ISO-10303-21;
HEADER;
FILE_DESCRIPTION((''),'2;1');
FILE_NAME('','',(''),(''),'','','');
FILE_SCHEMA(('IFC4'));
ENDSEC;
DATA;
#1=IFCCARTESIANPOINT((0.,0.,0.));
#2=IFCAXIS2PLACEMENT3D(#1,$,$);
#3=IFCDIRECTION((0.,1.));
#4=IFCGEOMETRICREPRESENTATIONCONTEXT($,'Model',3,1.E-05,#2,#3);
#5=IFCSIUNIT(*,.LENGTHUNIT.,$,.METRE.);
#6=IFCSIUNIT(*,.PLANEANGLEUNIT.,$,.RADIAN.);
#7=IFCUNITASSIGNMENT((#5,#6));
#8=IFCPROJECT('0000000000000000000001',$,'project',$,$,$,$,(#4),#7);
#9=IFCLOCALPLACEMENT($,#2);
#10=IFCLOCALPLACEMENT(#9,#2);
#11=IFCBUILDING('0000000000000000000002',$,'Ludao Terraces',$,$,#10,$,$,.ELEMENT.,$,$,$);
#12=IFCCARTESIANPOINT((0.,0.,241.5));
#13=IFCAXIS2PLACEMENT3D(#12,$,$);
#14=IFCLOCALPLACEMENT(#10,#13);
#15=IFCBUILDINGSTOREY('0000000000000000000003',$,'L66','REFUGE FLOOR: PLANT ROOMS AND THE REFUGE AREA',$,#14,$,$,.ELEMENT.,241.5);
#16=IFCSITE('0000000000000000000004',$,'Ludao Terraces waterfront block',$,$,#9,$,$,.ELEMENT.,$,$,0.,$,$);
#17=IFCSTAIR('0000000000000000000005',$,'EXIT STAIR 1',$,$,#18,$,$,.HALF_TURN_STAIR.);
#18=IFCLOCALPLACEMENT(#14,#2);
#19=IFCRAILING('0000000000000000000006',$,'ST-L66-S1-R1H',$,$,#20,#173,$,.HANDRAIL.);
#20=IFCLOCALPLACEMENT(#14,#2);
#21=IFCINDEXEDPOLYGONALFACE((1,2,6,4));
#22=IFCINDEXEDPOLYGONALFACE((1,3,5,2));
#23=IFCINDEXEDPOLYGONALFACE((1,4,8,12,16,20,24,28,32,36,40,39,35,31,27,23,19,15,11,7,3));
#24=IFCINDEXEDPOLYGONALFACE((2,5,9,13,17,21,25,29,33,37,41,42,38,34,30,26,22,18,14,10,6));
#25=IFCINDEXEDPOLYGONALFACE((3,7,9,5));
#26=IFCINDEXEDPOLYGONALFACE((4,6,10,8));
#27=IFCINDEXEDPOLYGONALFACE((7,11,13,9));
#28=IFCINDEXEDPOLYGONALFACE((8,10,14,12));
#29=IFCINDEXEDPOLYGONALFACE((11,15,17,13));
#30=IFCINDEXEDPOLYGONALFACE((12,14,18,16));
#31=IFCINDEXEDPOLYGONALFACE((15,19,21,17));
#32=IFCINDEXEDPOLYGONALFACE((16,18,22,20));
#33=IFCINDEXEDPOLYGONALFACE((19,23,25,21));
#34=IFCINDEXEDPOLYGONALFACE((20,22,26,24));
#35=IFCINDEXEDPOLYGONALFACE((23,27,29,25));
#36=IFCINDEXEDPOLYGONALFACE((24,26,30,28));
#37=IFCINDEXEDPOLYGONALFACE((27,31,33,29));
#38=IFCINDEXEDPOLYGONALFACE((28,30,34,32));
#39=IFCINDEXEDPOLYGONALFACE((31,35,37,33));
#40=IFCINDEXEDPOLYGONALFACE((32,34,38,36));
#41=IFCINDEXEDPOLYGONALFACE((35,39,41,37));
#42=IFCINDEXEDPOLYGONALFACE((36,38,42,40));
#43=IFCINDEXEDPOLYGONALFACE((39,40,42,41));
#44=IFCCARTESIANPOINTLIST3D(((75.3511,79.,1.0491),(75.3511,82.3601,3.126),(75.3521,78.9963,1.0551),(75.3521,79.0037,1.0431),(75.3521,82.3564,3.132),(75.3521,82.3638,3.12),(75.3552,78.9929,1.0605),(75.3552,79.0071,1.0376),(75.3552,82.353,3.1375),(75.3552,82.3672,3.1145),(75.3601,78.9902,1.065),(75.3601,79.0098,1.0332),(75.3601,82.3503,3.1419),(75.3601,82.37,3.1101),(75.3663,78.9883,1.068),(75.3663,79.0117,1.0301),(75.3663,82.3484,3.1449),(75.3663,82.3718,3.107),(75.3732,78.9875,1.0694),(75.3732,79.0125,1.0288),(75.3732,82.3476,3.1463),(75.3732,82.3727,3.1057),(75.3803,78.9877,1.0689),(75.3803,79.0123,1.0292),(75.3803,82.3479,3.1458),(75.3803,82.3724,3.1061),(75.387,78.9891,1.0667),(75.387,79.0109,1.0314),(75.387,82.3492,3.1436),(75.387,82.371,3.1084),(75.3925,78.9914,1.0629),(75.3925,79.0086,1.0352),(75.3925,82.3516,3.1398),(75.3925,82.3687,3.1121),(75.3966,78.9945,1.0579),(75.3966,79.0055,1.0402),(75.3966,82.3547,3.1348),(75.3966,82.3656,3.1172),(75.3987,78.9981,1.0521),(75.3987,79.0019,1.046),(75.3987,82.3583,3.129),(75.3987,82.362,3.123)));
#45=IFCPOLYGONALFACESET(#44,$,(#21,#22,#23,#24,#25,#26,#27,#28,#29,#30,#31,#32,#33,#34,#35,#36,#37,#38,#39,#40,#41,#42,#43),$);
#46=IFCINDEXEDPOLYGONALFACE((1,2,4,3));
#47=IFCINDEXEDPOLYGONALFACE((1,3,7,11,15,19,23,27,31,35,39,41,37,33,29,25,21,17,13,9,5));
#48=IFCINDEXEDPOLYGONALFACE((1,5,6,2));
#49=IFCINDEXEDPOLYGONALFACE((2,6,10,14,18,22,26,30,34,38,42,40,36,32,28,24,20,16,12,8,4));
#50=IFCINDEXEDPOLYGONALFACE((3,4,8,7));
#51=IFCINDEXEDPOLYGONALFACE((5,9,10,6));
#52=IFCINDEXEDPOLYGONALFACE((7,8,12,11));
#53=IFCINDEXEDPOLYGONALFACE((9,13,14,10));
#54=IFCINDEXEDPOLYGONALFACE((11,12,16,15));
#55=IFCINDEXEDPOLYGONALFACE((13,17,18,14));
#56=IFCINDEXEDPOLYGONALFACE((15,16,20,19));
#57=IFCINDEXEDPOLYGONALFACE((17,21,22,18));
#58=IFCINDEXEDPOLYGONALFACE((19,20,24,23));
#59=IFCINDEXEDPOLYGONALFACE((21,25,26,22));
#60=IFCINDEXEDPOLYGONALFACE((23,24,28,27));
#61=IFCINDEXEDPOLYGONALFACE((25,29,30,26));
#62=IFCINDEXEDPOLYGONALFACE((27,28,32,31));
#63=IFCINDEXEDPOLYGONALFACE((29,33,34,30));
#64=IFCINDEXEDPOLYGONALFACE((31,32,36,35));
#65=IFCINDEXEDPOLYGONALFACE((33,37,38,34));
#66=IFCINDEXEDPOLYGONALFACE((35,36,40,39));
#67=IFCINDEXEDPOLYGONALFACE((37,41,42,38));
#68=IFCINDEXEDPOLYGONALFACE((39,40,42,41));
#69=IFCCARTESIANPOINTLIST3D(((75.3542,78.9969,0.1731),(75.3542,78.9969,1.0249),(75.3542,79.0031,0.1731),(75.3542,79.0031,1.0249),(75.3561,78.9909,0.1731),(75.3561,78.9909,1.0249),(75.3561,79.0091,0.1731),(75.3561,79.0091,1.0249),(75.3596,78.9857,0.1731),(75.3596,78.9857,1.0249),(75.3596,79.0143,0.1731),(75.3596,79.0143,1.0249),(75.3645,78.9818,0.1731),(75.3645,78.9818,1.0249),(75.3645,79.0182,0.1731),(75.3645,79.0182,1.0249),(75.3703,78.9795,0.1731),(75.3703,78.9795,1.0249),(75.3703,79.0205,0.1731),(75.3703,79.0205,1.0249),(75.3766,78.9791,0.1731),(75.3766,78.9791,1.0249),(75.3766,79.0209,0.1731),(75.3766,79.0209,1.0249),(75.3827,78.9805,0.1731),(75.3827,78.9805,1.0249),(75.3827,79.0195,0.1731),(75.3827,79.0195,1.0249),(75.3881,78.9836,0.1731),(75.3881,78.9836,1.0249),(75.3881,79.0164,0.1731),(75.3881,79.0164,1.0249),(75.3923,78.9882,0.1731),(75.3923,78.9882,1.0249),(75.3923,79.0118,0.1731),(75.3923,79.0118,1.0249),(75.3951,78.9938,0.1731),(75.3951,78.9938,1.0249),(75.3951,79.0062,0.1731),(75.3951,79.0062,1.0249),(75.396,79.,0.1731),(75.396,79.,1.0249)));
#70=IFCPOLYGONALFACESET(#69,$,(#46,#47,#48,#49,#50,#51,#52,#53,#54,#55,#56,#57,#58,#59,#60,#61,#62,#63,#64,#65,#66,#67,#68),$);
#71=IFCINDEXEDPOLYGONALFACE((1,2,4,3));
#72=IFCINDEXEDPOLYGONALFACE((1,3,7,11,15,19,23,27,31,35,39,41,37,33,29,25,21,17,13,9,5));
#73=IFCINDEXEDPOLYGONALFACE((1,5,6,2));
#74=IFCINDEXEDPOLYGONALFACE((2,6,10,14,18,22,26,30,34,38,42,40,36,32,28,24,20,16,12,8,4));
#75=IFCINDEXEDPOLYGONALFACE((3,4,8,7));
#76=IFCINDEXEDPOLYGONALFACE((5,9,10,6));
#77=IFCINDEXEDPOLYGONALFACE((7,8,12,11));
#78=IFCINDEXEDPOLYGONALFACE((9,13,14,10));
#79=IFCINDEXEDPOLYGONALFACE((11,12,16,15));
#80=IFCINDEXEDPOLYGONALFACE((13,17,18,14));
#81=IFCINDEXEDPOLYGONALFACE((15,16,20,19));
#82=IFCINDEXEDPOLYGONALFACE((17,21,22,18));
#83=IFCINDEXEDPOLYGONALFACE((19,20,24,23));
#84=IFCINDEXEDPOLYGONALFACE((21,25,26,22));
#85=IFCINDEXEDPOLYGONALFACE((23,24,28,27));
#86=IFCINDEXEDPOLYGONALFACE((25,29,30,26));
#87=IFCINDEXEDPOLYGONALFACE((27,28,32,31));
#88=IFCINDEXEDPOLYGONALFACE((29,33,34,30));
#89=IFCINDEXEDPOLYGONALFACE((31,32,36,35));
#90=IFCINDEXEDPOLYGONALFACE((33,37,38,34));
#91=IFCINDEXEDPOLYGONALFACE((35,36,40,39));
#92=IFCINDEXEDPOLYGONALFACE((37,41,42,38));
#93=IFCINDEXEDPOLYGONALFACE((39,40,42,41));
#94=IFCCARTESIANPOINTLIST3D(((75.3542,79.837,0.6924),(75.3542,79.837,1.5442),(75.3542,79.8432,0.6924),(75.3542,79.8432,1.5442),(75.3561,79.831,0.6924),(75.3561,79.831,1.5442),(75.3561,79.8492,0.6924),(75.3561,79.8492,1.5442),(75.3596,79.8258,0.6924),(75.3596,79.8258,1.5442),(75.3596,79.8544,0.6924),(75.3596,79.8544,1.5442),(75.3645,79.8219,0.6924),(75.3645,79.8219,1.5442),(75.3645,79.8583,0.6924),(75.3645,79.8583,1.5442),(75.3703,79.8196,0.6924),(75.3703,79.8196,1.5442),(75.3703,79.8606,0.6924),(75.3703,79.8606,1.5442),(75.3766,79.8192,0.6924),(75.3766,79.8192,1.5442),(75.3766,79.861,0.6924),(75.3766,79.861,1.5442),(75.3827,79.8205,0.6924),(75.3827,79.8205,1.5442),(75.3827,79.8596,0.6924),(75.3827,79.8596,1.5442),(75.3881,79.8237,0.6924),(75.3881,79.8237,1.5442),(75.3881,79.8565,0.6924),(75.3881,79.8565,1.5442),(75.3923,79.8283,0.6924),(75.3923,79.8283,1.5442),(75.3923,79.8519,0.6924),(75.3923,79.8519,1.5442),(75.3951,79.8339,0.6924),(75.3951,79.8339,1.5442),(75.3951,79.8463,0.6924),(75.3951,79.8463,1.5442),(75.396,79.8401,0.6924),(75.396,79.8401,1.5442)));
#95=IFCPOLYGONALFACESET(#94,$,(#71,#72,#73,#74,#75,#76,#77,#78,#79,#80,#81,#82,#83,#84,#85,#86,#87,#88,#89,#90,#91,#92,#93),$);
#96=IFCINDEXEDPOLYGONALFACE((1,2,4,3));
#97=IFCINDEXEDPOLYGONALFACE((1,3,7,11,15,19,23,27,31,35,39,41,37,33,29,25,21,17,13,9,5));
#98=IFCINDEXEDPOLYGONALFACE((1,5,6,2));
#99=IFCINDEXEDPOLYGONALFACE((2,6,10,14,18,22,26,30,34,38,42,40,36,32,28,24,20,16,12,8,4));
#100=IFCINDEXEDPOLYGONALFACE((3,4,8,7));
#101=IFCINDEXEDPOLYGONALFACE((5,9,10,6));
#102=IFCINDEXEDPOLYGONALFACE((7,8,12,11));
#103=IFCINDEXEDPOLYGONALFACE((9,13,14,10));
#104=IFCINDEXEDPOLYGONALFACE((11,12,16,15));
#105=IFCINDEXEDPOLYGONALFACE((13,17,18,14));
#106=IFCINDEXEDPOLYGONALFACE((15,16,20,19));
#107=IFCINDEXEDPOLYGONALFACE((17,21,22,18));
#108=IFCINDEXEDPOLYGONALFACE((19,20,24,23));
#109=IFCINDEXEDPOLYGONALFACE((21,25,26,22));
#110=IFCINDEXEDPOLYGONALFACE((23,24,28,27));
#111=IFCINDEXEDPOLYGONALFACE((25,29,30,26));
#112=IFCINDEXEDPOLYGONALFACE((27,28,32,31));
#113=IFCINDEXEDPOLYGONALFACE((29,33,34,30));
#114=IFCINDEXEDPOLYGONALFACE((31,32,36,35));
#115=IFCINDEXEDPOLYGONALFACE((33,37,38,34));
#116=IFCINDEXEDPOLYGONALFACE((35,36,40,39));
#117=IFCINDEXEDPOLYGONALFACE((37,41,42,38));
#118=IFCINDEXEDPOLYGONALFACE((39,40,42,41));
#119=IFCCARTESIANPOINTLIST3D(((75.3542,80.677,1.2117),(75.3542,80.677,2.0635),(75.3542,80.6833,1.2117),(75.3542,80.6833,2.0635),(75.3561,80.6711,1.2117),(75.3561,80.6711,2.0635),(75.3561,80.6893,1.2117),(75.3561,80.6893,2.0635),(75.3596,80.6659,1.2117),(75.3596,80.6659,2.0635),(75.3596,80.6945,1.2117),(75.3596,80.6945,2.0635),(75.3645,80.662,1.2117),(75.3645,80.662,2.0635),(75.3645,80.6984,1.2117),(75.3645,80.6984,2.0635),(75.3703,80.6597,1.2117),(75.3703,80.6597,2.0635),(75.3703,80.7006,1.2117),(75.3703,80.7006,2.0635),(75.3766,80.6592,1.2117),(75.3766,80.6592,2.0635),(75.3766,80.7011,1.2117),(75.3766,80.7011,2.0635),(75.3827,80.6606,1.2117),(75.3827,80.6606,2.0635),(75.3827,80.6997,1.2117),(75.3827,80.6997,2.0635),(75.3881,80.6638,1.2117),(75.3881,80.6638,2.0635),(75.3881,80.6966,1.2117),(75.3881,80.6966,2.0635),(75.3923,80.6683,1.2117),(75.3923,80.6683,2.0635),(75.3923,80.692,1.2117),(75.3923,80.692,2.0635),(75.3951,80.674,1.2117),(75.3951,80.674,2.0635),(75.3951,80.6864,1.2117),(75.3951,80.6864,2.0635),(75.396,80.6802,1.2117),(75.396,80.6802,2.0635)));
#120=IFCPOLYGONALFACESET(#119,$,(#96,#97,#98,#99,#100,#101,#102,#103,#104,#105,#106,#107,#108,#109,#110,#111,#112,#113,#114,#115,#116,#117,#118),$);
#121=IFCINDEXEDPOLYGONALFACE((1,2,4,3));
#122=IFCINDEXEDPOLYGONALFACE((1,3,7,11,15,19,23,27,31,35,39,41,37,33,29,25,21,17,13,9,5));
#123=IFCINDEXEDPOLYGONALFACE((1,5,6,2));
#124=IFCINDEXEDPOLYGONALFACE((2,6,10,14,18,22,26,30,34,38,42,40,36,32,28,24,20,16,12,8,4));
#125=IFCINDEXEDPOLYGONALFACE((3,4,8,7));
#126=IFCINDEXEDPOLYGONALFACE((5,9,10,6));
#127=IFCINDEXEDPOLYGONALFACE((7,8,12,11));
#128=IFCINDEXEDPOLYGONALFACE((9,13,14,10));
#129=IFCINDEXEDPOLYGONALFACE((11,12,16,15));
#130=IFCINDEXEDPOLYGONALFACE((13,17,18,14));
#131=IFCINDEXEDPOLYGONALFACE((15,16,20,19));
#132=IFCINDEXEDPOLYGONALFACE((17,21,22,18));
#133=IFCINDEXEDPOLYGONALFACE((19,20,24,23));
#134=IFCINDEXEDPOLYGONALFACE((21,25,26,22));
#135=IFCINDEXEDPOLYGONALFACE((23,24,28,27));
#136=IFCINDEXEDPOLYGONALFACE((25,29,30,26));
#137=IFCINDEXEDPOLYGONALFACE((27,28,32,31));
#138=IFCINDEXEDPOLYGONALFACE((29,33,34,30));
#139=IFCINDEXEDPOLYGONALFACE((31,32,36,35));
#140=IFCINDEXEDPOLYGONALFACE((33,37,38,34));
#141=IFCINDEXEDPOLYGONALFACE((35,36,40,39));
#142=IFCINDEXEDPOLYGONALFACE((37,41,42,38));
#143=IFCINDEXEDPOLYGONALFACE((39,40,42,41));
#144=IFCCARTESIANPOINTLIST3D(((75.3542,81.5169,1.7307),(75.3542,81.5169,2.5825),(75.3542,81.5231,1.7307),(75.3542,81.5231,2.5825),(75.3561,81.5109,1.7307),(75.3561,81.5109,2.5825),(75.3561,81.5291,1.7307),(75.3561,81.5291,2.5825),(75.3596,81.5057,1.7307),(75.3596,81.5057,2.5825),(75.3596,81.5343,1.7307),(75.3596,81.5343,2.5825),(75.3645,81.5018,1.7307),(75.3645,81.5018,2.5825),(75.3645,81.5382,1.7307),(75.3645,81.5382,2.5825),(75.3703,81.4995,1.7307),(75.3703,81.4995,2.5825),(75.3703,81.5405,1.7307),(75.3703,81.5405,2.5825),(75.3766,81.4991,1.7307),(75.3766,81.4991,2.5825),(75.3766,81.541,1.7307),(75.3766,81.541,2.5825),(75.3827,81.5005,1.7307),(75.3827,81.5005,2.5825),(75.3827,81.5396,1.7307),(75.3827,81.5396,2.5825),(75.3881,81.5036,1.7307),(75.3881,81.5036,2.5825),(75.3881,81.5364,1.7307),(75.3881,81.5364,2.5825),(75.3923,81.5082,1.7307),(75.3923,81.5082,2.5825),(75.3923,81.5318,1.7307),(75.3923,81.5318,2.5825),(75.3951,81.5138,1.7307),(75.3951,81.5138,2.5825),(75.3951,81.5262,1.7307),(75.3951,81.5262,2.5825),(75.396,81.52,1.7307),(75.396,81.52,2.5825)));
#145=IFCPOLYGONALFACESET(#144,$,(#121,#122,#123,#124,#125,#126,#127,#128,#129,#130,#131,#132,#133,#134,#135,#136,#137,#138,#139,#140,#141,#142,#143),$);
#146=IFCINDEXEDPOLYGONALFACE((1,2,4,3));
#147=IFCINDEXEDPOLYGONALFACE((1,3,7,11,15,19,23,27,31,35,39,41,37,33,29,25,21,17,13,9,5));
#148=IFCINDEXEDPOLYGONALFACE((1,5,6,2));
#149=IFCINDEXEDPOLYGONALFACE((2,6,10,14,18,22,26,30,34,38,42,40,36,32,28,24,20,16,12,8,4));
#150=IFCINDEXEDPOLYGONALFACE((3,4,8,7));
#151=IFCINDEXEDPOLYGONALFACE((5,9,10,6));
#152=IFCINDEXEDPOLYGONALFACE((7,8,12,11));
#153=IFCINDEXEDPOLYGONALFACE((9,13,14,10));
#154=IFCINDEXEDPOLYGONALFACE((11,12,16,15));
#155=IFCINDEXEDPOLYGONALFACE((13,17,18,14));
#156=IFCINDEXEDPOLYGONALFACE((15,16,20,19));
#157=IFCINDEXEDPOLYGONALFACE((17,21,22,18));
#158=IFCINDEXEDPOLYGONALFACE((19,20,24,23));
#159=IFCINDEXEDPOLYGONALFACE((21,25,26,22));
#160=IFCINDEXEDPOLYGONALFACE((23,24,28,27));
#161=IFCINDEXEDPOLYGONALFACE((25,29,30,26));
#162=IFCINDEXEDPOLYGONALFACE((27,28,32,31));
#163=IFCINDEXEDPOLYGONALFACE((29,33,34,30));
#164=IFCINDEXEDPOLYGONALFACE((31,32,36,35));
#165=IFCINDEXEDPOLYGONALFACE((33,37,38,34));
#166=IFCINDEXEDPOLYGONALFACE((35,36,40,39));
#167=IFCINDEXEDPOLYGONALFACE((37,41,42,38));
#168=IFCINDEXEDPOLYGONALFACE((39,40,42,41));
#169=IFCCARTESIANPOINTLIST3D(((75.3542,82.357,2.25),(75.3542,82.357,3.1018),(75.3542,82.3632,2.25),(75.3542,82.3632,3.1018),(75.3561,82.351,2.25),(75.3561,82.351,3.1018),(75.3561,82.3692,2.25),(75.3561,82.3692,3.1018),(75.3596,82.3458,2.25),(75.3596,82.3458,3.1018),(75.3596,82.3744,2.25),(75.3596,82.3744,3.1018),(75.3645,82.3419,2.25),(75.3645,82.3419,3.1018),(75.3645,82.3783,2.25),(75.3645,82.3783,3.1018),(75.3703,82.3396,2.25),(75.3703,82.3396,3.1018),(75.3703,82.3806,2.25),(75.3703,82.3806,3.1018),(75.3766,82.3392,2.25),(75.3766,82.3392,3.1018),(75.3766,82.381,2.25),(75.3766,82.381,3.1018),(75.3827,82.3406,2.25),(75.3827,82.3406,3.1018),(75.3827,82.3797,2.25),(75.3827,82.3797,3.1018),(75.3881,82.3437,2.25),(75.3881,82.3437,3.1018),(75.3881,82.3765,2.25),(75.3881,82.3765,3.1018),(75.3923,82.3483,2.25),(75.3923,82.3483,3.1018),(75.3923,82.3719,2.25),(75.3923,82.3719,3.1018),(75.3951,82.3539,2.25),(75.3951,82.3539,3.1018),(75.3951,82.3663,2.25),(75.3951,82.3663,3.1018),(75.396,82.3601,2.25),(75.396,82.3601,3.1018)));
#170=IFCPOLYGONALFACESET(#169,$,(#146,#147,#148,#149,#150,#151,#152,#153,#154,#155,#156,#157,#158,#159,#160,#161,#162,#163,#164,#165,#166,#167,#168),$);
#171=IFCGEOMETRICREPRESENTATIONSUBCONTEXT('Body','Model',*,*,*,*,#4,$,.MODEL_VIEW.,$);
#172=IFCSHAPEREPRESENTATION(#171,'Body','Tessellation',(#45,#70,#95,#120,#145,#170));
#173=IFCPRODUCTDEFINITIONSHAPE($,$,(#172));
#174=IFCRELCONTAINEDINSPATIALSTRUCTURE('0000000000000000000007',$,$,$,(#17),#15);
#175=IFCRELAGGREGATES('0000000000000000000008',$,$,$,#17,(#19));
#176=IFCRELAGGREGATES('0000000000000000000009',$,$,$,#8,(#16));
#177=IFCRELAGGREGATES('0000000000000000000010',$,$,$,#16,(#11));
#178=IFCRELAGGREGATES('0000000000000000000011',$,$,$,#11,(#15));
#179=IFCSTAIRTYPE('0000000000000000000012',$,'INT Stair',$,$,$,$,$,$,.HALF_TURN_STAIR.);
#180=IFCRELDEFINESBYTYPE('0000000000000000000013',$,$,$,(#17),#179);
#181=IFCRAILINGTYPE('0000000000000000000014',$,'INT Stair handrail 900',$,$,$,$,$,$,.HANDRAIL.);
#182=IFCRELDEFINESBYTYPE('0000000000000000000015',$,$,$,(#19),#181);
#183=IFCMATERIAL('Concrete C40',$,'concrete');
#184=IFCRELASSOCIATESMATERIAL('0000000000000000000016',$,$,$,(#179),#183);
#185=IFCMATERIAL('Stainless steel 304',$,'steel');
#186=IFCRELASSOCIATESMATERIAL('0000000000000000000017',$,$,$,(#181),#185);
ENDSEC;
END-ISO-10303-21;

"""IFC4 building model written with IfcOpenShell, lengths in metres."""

from ifc_helpers import new_model, si_unit, direction, frame, origin, origin_2d, place, context, subcontext, project, spatial, circle, extrude, material, type_object, element, aggregate, save


model = new_model("IFC4")

# Units and contexts
model_context = context("Model", 3, precision=1e-05, world=origin(), true_north=direction((0.0, 1.0)))
body_context = subcontext(model_context, "Body", "Model", "MODEL_VIEW")
ifc_project = project(units=[si_unit("LENGTHUNIT", "METRE"), si_unit("PLANEANGLEUNIT", "RADIAN")], contexts=[model_context])

# Site, building, storey
site_placement = place(None, origin())
site = spatial("IfcSite", under=ifc_project, at=site_placement, Name="Ludao Terraces waterfront block", CompositionType="ELEMENT", RefElevation=0.0)
building_placement = place(site_placement, origin())
building = spatial("IfcBuilding", under=site, at=building_placement, Name="Ludao Terraces", CompositionType="ELEMENT")
storey_placement = place(building_placement, frame((0.0, 0.0, 241.5)))
storey = spatial("IfcBuildingStorey", under=building, at=storey_placement, Name="L66", Description="REFUGE FLOOR: PLANT ROOMS AND THE REFUGE AREA", CompositionType="ELEMENT", Elevation=241.5)

# Shared definitions
ifc_material_1 = material(Name="Stainless steel 304", Category="steel")

# Stair, railing
ifc_material_2 = material(Name="Concrete C40", Category="concrete")
stair_type = type_object("IfcStairType", Name="INT Stair", PredefinedType="HALF_TURN_STAIR", material=ifc_material_2)
stair_placement = place(storey_placement, origin())
stair = element("IfcStair", 1, at=stair_placement, inside=storey, type_object=stair_type, Name="EXIT STAIR 1", PredefinedType="HALF_TURN_STAIR")
railing_type_1 = type_object("IfcRailingType", Name="INT Stair handrail 900", PredefinedType="HANDRAIL", material=ifc_material_1)
railing_1_placement = place(storey_placement, frame((75.375, 79.0, 0.1731)))
railing_1 = element("IfcRailing", 2, at=railing_1_placement, type_object=railing_type_1, Name="ST-L66-S1-R1H", PredefinedType="HANDRAIL", context=body_context, shape_type="SweptSolid", body=[
    extrude(circle(Radius=0.0239, at=origin_2d()), frame((0.0, 0.0, 0.876), z_axis=(0.0, 0.850623, 0.525776), x_axis=(-1.0, 0.0, 0.0)), (0.0, 0.0, 1.0), 3.9502),
    extrude(circle(Radius=0.021, at=origin_2d()), origin(), (0.0, 0.0, 1.0), 0.8518),
    extrude(circle(Radius=0.021, at=origin_2d()), frame((0.0, 0.8401, 0.5193)), (0.0, 0.0, 1.0), 0.8518),
    extrude(circle(Radius=0.021, at=origin_2d()), frame((0.0, 1.6802, 1.0386)), (0.0, 0.0, 1.0), 0.8518),
    extrude(circle(Radius=0.021, at=origin_2d()), frame((0.0, 2.52, 1.5576)), (0.0, 0.0, 1.0), 0.8518),
    extrude(circle(Radius=0.021, at=origin_2d()), frame((0.0, 3.3601, 2.0769)), (0.0, 0.0, 1.0), 0.8518),
])
aggregate(stair, [railing_1])

save(model, "model.ifc")
